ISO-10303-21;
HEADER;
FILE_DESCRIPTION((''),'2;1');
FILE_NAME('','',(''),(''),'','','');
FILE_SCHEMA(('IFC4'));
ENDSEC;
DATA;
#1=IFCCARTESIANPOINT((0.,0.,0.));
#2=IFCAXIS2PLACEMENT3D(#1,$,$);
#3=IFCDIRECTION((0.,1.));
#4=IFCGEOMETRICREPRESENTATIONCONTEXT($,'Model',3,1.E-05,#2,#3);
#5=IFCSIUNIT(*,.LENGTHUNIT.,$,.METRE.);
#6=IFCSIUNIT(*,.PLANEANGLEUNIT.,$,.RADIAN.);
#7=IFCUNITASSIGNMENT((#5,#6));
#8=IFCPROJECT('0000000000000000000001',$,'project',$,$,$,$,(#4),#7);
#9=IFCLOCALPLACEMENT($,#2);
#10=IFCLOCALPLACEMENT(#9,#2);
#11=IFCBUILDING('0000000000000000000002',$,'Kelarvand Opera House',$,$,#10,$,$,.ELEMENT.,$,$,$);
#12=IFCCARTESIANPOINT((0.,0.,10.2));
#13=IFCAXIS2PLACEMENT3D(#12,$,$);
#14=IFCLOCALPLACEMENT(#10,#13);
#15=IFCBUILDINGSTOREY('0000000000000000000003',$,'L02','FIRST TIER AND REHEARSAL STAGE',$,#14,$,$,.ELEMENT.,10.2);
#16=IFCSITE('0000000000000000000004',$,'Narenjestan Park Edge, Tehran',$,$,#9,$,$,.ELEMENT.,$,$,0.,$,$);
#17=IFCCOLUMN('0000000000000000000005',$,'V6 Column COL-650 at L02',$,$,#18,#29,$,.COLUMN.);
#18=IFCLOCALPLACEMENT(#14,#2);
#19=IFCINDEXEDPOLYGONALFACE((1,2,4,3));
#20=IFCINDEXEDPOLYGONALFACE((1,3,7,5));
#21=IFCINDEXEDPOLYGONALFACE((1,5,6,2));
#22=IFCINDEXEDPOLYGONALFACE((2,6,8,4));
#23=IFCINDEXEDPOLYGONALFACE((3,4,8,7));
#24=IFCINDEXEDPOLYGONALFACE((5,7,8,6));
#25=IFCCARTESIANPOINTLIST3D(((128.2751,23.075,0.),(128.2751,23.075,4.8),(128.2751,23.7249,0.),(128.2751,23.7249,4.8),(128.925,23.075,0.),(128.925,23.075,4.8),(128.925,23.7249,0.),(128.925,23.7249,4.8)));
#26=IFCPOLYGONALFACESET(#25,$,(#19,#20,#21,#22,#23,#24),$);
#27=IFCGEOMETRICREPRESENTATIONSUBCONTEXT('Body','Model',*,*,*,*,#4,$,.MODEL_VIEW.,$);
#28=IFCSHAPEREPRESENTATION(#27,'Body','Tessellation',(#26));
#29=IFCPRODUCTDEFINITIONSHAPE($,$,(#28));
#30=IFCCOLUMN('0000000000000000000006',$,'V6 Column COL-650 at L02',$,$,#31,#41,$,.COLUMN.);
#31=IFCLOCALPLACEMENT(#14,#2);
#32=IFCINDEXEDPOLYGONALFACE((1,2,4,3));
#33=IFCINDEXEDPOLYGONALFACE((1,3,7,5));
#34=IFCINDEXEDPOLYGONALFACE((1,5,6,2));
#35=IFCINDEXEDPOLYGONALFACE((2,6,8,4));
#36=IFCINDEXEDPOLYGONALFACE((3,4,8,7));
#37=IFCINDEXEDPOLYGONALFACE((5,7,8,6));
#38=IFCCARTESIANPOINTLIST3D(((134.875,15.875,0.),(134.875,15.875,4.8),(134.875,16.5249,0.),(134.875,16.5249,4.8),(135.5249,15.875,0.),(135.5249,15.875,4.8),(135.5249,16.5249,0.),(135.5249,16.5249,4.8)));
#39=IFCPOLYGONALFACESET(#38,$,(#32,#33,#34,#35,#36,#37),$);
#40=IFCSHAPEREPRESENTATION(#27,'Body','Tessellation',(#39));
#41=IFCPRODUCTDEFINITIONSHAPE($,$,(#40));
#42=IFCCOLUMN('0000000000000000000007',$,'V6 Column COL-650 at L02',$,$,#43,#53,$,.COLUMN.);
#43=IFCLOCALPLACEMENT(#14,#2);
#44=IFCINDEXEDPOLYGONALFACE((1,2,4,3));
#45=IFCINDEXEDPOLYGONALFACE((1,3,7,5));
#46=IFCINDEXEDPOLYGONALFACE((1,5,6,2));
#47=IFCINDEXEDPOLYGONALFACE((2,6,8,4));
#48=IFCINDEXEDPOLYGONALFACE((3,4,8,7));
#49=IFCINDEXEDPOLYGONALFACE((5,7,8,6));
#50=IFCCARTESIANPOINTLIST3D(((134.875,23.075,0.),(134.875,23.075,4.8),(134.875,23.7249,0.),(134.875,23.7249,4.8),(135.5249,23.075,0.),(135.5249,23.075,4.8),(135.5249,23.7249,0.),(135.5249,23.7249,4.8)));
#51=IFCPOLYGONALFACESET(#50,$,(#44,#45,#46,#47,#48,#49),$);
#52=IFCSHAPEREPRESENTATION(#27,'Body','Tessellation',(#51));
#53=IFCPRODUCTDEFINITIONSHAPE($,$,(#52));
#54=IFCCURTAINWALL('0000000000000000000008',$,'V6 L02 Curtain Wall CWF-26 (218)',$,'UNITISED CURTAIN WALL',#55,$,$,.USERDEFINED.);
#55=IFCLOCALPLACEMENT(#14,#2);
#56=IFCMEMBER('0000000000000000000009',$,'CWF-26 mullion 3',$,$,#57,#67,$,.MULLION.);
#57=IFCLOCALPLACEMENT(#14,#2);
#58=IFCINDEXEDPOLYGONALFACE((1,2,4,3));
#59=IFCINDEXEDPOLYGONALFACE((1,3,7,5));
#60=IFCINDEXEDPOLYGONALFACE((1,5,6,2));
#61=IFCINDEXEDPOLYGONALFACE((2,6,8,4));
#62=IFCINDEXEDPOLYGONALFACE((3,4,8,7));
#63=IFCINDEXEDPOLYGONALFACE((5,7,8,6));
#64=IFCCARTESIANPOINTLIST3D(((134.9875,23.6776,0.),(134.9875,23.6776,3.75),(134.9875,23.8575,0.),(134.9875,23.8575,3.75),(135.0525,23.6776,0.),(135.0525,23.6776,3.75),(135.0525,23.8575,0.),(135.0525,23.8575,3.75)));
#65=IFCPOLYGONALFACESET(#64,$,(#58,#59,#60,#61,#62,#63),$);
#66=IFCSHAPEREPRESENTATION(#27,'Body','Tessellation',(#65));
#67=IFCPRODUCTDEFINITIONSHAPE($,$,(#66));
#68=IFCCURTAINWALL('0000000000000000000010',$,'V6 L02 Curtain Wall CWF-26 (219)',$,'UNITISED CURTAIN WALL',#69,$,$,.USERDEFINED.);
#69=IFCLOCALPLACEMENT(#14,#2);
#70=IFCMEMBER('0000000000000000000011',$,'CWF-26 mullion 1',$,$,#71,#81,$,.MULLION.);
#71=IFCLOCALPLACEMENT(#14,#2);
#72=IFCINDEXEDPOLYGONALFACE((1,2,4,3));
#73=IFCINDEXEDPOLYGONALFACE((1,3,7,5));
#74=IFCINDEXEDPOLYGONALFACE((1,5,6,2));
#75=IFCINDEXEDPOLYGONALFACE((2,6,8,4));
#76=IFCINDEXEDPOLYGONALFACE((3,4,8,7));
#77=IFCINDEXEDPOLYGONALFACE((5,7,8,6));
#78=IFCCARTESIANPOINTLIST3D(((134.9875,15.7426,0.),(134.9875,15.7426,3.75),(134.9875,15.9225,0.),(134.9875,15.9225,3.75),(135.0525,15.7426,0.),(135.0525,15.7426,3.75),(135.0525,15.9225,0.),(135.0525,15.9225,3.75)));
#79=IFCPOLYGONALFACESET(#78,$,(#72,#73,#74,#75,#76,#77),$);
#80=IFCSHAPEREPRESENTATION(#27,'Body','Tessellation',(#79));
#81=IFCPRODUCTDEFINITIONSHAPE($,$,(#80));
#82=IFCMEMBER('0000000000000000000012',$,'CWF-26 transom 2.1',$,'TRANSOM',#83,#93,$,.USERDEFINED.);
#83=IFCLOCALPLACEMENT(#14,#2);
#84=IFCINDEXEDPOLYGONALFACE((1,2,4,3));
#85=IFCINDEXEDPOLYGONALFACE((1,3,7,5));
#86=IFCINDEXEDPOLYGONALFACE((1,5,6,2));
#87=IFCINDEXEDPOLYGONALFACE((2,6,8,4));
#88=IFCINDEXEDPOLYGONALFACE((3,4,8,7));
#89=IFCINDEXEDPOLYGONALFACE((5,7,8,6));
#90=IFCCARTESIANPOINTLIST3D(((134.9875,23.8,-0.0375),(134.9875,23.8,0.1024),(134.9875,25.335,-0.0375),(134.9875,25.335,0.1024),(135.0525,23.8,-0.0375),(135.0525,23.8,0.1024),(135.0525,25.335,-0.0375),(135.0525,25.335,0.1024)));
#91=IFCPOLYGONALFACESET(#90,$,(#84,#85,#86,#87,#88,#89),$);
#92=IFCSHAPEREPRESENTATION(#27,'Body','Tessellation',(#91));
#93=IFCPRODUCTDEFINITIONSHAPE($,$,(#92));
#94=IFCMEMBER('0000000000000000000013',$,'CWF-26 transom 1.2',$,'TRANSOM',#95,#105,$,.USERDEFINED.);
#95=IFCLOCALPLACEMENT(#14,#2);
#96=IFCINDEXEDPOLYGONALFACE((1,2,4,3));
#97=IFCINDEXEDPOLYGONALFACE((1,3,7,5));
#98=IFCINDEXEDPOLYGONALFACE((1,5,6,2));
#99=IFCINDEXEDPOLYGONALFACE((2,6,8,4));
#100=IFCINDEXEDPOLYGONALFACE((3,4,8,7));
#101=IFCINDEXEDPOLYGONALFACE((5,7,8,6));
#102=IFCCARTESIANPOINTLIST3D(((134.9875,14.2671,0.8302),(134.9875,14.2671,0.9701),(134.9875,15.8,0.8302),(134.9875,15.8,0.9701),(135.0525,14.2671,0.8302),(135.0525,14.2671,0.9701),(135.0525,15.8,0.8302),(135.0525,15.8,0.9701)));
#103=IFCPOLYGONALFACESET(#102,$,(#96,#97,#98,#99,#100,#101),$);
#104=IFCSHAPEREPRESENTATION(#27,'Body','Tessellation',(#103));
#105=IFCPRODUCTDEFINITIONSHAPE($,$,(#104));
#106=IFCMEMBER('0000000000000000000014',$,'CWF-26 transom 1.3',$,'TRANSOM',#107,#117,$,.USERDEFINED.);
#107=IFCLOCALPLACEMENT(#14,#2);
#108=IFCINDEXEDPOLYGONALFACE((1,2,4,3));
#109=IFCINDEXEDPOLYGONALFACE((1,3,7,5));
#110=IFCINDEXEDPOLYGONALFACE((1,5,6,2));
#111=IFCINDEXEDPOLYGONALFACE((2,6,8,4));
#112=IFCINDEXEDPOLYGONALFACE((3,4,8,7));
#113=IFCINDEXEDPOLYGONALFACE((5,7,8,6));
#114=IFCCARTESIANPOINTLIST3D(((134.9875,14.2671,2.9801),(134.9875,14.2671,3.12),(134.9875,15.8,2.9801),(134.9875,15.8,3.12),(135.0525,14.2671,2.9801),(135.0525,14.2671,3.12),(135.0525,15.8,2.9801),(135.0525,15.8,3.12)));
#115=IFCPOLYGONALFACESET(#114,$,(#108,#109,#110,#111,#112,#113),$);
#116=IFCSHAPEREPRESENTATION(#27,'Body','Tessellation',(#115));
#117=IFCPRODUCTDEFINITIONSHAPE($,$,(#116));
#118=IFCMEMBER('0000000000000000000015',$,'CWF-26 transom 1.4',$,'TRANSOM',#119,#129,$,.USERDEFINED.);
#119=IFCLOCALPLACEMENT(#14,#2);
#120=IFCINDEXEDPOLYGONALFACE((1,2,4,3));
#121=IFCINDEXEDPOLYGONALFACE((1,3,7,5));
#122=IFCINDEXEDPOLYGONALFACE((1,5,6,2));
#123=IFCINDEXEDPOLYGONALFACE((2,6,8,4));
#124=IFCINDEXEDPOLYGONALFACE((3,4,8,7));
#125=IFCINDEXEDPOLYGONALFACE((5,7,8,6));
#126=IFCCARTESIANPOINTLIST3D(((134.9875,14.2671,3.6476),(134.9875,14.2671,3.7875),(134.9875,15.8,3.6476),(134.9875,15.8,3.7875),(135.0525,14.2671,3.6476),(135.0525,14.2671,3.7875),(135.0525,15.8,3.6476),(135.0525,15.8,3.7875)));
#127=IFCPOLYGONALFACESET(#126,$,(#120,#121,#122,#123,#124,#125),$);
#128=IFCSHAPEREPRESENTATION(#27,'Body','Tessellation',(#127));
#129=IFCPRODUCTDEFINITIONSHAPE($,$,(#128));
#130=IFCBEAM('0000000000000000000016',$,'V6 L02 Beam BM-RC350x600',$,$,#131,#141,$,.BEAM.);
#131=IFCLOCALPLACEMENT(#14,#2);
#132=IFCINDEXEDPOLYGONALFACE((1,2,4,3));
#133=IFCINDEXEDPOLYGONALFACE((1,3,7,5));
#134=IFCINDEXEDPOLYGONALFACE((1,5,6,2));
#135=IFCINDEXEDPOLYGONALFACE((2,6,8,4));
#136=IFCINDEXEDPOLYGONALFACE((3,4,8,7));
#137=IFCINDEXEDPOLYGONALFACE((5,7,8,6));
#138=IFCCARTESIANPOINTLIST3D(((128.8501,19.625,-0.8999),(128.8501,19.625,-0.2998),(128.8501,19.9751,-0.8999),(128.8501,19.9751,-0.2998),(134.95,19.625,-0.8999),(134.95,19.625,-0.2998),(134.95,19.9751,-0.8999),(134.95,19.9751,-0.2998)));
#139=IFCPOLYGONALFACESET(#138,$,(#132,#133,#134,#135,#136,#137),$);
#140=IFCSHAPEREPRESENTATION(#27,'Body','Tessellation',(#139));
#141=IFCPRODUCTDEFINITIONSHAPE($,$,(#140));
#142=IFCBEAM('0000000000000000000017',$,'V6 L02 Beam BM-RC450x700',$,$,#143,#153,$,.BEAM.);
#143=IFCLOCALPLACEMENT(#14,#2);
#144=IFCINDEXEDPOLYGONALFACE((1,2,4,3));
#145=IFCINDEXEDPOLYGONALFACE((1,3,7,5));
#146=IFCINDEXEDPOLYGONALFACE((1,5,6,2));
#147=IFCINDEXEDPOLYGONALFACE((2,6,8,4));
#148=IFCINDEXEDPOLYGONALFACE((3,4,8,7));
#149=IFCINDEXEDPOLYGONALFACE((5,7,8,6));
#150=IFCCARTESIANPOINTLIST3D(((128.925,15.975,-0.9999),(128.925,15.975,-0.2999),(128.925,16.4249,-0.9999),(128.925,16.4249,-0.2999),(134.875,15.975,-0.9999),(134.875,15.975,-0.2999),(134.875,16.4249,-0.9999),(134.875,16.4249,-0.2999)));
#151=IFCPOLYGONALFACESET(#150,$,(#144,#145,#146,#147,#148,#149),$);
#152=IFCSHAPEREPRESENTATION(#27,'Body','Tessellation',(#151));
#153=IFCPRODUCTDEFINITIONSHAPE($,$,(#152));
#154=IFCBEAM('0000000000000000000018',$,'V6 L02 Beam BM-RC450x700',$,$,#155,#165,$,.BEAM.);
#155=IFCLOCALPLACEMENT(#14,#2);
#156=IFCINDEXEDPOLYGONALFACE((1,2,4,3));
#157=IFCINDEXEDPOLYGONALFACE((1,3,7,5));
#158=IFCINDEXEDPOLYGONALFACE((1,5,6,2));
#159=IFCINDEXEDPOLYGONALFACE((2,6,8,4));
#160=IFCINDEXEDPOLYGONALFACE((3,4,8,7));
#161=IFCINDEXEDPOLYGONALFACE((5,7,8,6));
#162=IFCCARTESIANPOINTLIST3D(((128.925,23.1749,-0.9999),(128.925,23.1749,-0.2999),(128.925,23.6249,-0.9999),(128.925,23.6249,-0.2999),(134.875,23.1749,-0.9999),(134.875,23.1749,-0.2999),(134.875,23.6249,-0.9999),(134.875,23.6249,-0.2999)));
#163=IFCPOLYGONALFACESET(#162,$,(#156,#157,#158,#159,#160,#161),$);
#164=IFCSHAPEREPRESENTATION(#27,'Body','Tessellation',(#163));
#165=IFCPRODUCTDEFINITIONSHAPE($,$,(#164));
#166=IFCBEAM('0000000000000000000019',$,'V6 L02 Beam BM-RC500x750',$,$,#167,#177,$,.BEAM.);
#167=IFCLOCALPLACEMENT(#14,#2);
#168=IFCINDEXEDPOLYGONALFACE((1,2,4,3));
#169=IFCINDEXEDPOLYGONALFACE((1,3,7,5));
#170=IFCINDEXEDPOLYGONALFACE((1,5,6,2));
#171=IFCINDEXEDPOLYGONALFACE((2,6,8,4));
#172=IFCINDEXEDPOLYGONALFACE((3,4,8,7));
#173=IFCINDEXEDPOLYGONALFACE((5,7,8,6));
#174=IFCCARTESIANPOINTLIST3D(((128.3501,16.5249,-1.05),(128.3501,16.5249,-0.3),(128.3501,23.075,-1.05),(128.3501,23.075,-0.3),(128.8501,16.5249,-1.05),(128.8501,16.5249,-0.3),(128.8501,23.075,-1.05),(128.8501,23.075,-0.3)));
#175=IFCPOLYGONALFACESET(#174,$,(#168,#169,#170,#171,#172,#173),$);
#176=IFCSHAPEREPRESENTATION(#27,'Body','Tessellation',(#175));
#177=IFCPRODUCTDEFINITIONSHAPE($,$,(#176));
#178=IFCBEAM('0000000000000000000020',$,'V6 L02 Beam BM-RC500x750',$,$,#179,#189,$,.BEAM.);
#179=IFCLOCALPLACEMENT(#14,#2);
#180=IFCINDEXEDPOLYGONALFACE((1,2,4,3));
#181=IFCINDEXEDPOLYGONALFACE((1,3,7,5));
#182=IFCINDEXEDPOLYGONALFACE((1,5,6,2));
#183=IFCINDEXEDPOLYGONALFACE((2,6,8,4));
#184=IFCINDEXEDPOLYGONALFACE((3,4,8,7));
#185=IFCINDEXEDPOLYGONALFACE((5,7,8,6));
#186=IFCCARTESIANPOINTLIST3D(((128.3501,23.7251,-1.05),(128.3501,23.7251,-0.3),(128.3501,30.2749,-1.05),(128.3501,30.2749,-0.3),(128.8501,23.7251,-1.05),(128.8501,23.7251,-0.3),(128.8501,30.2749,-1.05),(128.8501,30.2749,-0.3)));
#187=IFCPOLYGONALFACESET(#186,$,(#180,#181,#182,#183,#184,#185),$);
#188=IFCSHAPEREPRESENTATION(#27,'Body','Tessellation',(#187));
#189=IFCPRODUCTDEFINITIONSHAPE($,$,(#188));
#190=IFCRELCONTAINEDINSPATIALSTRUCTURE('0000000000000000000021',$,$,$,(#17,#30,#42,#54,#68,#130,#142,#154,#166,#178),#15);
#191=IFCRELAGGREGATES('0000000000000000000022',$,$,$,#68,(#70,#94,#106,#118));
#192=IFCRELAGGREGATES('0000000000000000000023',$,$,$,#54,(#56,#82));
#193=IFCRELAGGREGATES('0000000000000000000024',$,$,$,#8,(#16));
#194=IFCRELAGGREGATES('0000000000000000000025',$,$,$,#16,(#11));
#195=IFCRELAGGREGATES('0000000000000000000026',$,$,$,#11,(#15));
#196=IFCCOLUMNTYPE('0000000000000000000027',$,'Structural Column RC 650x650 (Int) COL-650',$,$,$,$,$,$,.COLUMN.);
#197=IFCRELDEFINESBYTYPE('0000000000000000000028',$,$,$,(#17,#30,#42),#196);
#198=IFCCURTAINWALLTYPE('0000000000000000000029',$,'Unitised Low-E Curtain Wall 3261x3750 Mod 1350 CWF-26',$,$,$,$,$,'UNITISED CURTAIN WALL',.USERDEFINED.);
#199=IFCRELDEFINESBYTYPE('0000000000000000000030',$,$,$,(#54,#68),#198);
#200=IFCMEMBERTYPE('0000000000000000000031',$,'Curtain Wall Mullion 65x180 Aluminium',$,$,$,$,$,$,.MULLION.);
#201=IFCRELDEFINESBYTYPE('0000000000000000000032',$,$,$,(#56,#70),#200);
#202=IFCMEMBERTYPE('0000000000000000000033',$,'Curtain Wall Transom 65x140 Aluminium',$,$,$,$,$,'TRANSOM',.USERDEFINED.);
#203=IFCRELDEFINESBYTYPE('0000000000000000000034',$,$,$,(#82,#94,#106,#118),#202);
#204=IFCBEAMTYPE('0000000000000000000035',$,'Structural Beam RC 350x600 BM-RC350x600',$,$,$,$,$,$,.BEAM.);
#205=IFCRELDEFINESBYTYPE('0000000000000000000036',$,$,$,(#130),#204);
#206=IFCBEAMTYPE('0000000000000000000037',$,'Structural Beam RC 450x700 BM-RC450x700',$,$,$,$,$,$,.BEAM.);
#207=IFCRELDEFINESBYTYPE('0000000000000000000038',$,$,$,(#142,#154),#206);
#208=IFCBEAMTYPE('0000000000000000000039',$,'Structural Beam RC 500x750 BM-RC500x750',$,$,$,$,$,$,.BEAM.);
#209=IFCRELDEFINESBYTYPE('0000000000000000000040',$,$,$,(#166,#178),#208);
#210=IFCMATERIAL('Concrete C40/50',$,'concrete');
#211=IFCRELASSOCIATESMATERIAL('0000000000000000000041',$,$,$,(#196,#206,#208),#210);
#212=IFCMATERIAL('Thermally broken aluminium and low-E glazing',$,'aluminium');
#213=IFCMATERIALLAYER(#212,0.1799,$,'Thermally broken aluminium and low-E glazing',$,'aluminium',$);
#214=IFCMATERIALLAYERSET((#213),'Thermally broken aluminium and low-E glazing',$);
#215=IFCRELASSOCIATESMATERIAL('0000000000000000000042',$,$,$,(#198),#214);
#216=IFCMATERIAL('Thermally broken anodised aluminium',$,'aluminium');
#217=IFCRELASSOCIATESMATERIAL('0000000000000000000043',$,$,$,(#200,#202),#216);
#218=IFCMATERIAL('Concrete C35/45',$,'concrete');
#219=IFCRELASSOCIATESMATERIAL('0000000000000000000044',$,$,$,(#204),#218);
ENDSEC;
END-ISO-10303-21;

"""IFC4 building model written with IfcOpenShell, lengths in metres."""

from ifc_helpers import new_model, si_unit, direction, frame, origin, origin_2d, place, context, subcontext, project, spatial, rectangle, extrude, material, layer, layer_set, material_profile, profile_set, type_object, element, aggregate, save


model = new_model("IFC4")

# Units and contexts
model_context = context("Model", 3, precision=1e-05, world=origin(), true_north=direction((0.0, 1.0)))
body_context = subcontext(model_context, "Body", "Model", "MODEL_VIEW")
ifc_project = project(units=[si_unit("LENGTHUNIT", "METRE"), si_unit("PLANEANGLEUNIT", "RADIAN")], contexts=[model_context])

# Site, building, storey
site_placement = place(None, origin())
site = spatial("IfcSite", under=ifc_project, at=site_placement, Name="Narenjestan Park Edge, Tehran", CompositionType="ELEMENT", RefElevation=0.0)
building_placement = place(site_placement, origin())
building = spatial("IfcBuilding", under=site, at=building_placement, Name="Kelarvand Opera House", CompositionType="ELEMENT")
storey_placement = place(building_placement, frame((0.0, 0.0, 10.2)))
storey = spatial("IfcBuildingStorey", under=building, at=storey_placement, Name="L02", Description="FIRST TIER AND REHEARSAL STAGE", CompositionType="ELEMENT", Elevation=10.2)

# Columns
ifc_material_1 = material(Name="Concrete C40/50", Category="concrete")
ifc_material_profile_1 = material_profile(ifc_material_1, rectangle(XDim=0.6499, YDim=0.6499, at=origin_2d()), Name="RC 650x650", Category="concrete")
ifc_profile_set_1 = profile_set([ifc_material_profile_1], Name="Concrete C40/50")
column_type = type_object("IfcColumnType", Name="Structural Column RC 650x650 (Int) COL-650", PredefinedType="COLUMN", material=ifc_profile_set_1)
for number, where, z_axis, x_axis, name in (
    (1, (128.6001, 23.3999, 0.0), (0.0, 0.0, 1.0), (1.0, 0.0, 0.0), "V6 Column COL-650 at L02"),
    (2, (135.2, 16.2, 0.0), (0.0, 0.0, 1.0), (1.0, 0.0, 0.0), "V6 Column COL-650 at L02"),
    (3, (135.2, 23.3999, 0.0), (0.0, 0.0, 1.0), (1.0, 0.0, 0.0), "V6 Column COL-650 at L02"),
):
    element("IfcColumn", number, at=place(storey_placement, frame(where, z_axis=z_axis, x_axis=x_axis)), inside=storey, type_object=column_type, Name=name, PredefinedType="COLUMN", context=body_context, shape_type="SweptSolid", body=[
        extrude(rectangle(XDim=0.6499, YDim=0.6499, at=origin_2d()), origin(), (0.0, 0.0, 1.0), 4.8),
    ])

# Curtain walls, members
ifc_material_2 = material(Name="Thermally broken aluminium and low-E glazing", Category="aluminium")
ifc_layer_1 = layer(ifc_material_2, 0.1799, Name="Thermally broken aluminium and low-E glazing", Category="aluminium")
ifc_layer_set_1 = layer_set([ifc_layer_1], Name="Thermally broken aluminium and low-E glazing")
curtain_wall_type = type_object("IfcCurtainWallType", Name="Unitised Low-E Curtain Wall 3261x3750 Mod 1350 CWF-26", ElementType="UNITISED CURTAIN WALL", PredefinedType="USERDEFINED", material=ifc_layer_set_1)
curtain_wall_1_placement = place(storey_placement, origin())
curtain_wall_1 = element("IfcCurtainWall", 4, at=curtain_wall_1_placement, inside=storey, type_object=curtain_wall_type, Name="V6 L02 Curtain Wall CWF-26 (218)", ObjectType="UNITISED CURTAIN WALL", PredefinedType="USERDEFINED")
ifc_material_3 = material(Name="Thermally broken anodised aluminium", Category="aluminium")
ifc_material_profile_2 = material_profile(ifc_material_3, rectangle(XDim=0.0649, YDim=0.1799, at=origin_2d()), Name="ALU MULLION 65x180", Category="aluminium")
ifc_profile_set_2 = profile_set([ifc_material_profile_2], Name="Thermally broken anodised aluminium")
member_type_1 = type_object("IfcMemberType", Name="Curtain Wall Mullion 65x180 Aluminium", PredefinedType="MULLION", material=ifc_profile_set_2)
member_1_placement = place(storey_placement, frame((135.02, 23.7676, 0.0), z_axis=(0.0, 0.0, 1.0), x_axis=(1.0, 0.0, 0.0)))
member_1 = element("IfcMember", 5, at=member_1_placement, type_object=member_type_1, Name="CWF-26 mullion 3", PredefinedType="MULLION", context=body_context, shape_type="SweptSolid", body=[
    extrude(rectangle(XDim=0.0649, YDim=0.1799, at=origin_2d()), origin(), (0.0, 0.0, 1.0), 3.75),
])
curtain_wall_2_placement = place(storey_placement, origin())
curtain_wall_2 = element("IfcCurtainWall", 6, at=curtain_wall_2_placement, inside=storey, type_object=curtain_wall_type, Name="V6 L02 Curtain Wall CWF-26 (219)", ObjectType="UNITISED CURTAIN WALL", PredefinedType="USERDEFINED")
member_2_placement = place(storey_placement, frame((135.02, 15.8325, 0.0), z_axis=(0.0, 0.0, 1.0), x_axis=(1.0, 0.0, 0.0)))
member_2 = element("IfcMember", 7, at=member_2_placement, type_object=member_type_1, Name="CWF-26 mullion 1", PredefinedType="MULLION", context=body_context, shape_type="SweptSolid", body=[
    extrude(rectangle(XDim=0.0649, YDim=0.1799, at=origin_2d()), origin(), (0.0, 0.0, 1.0), 3.75),
])

# Members
ifc_material_profile_3 = material_profile(ifc_material_3, rectangle(XDim=0.0649, YDim=0.1399, at=origin_2d()), Name="ALU TRANSOM 65x140", Category="aluminium")
ifc_profile_set_3 = profile_set([ifc_material_profile_3], Name="Thermally broken anodised aluminium")
member_type_2 = type_object("IfcMemberType", Name="Curtain Wall Transom 65x140 Aluminium", ElementType="TRANSOM", PredefinedType="USERDEFINED", material=ifc_profile_set_3)
member_3_placement = place(storey_placement, frame((135.02, 25.335, 0.0325), z_axis=(0.0, -1.0, 0.0), x_axis=(1.0, 0.0, 0.0)))
member_3 = element("IfcMember", 8, at=member_3_placement, type_object=member_type_2, Name="CWF-26 transom 2.1", ObjectType="TRANSOM", PredefinedType="USERDEFINED", context=body_context, shape_type="SweptSolid", body=[
    extrude(rectangle(XDim=0.0649, YDim=0.1399, at=origin_2d()), origin(), (0.0, 0.0, 1.0), 1.5349),
])
member_4_placement = place(storey_placement, frame((135.02, 15.8, 0.9001), z_axis=(0.0, -1.0, 0.0), x_axis=(1.0, 0.0, 0.0)))
member_4 = element("IfcMember", 9, at=member_4_placement, type_object=member_type_2, Name="CWF-26 transom 1.2", ObjectType="TRANSOM", PredefinedType="USERDEFINED", context=body_context, shape_type="SweptSolid", body=[
    extrude(rectangle(XDim=0.0649, YDim=0.1399, at=origin_2d()), origin(), (0.0, 0.0, 1.0), 1.533),
])
member_5_placement = place(storey_placement, frame((135.02, 15.8, 3.05), z_axis=(0.0, -1.0, 0.0), x_axis=(1.0, 0.0, 0.0)))
member_5 = element("IfcMember", 10, at=member_5_placement, type_object=member_type_2, Name="CWF-26 transom 1.3", ObjectType="TRANSOM", PredefinedType="USERDEFINED", context=body_context, shape_type="SweptSolid", body=[
    extrude(rectangle(XDim=0.0649, YDim=0.1399, at=origin_2d()), origin(), (0.0, 0.0, 1.0), 1.533),
])
member_6_placement = place(storey_placement, frame((135.02, 15.8, 3.7175), z_axis=(0.0, -1.0, 0.0), x_axis=(1.0, 0.0, 0.0)))
member_6 = element("IfcMember", 11, at=member_6_placement, type_object=member_type_2, Name="CWF-26 transom 1.4", ObjectType="TRANSOM", PredefinedType="USERDEFINED", context=body_context, shape_type="SweptSolid", body=[
    extrude(rectangle(XDim=0.0649, YDim=0.1399, at=origin_2d()), origin(), (0.0, 0.0, 1.0), 1.533),
])
aggregate(curtain_wall_2, [member_2, member_4, member_5, member_6])

# Beams
ifc_material_4 = material(Name="Concrete C35/45", Category="concrete")
ifc_material_profile_4 = material_profile(ifc_material_4, rectangle(XDim=0.3501, YDim=0.6001, at=origin_2d()), Name="RC 350x600", Category="concrete")
ifc_profile_set_4 = profile_set([ifc_material_profile_4], Name="Concrete C35/45")
beam_type_1 = type_object("IfcBeamType", Name="Structural Beam RC 350x600 BM-RC350x600", PredefinedType="BEAM", material=ifc_profile_set_4)
beam_1_placement = place(storey_placement, frame((128.8501, 19.8, -0.5999), z_axis=(1.0, 0.0, 0.0), x_axis=(0.0, 1.0, 0.0)))
element("IfcBeam", 12, at=beam_1_placement, inside=storey, type_object=beam_type_1, Name="V6 L02 Beam BM-RC350x600", PredefinedType="BEAM", context=body_context, shape_type="SweptSolid", body=[
    extrude(rectangle(XDim=0.3501, YDim=0.6001, at=origin_2d()), origin(), (0.0, 0.0, 1.0), 6.0999),
])
ifc_material_profile_5 = material_profile(ifc_material_1, rectangle(XDim=0.45, YDim=0.7, at=origin_2d()), Name="RC 450x700", Category="concrete")
ifc_profile_set_5 = profile_set([ifc_material_profile_5], Name="Concrete C40/50")
beam_type_2 = type_object("IfcBeamType", Name="Structural Beam RC 450x700 BM-RC450x700", PredefinedType="BEAM", material=ifc_profile_set_5)
for number, where, z_axis, x_axis, name in (
    (13, (128.925, 16.2, -0.6499), (1.0, 0.0, 0.0), (0.0, 1.0, 0.0), "V6 L02 Beam BM-RC450x700"),
    (14, (128.925, 23.3999, -0.6499), (1.0, 0.0, 0.0), (0.0, 1.0, 0.0), "V6 L02 Beam BM-RC450x700"),
):
    element("IfcBeam", number, at=place(storey_placement, frame(where, z_axis=z_axis, x_axis=x_axis)), inside=storey, type_object=beam_type_2, Name=name, PredefinedType="BEAM", context=body_context, shape_type="SweptSolid", body=[
        extrude(rectangle(XDim=0.45, YDim=0.7, at=origin_2d()), origin(), (0.0, 0.0, 1.0), 5.95),
    ])
ifc_material_profile_6 = material_profile(ifc_material_1, rectangle(XDim=0.5, YDim=0.75, at=origin_2d()), Name="RC 500x750", Category="concrete")
ifc_profile_set_6 = profile_set([ifc_material_profile_6], Name="Concrete C40/50")
beam_type_3 = type_object("IfcBeamType", Name="Structural Beam RC 500x750 BM-RC500x750", PredefinedType="BEAM", material=ifc_profile_set_6)
beam_2_placement = place(storey_placement, frame((128.6001, 16.5249, -0.675), z_axis=(0.0, 1.0, 0.0), x_axis=(-1.0, 0.0, 0.0)))
element("IfcBeam", 15, at=beam_2_placement, inside=storey, type_object=beam_type_3, Name="V6 L02 Beam BM-RC500x750", PredefinedType="BEAM", context=body_context, shape_type="SweptSolid", body=[
    extrude(rectangle(XDim=0.5, YDim=0.75, at=origin_2d()), origin(), (0.0, 0.0, 1.0), 6.55),
])
beam_3_placement = place(storey_placement, frame((128.6001, 23.7251, -0.675), z_axis=(0.0, 1.0, 0.0), x_axis=(-1.0, 0.0, 0.0)))
element("IfcBeam", 16, at=beam_3_placement, inside=storey, type_object=beam_type_3, Name="V6 L02 Beam BM-RC500x750", PredefinedType="BEAM", context=body_context, shape_type="SweptSolid", body=[
    extrude(rectangle(XDim=0.5, YDim=0.75, at=origin_2d()), origin(), (0.0, 0.0, 1.0), 6.5498),
])

aggregate(curtain_wall_1, [member_1, member_3])

save(model, "model.ifc")
